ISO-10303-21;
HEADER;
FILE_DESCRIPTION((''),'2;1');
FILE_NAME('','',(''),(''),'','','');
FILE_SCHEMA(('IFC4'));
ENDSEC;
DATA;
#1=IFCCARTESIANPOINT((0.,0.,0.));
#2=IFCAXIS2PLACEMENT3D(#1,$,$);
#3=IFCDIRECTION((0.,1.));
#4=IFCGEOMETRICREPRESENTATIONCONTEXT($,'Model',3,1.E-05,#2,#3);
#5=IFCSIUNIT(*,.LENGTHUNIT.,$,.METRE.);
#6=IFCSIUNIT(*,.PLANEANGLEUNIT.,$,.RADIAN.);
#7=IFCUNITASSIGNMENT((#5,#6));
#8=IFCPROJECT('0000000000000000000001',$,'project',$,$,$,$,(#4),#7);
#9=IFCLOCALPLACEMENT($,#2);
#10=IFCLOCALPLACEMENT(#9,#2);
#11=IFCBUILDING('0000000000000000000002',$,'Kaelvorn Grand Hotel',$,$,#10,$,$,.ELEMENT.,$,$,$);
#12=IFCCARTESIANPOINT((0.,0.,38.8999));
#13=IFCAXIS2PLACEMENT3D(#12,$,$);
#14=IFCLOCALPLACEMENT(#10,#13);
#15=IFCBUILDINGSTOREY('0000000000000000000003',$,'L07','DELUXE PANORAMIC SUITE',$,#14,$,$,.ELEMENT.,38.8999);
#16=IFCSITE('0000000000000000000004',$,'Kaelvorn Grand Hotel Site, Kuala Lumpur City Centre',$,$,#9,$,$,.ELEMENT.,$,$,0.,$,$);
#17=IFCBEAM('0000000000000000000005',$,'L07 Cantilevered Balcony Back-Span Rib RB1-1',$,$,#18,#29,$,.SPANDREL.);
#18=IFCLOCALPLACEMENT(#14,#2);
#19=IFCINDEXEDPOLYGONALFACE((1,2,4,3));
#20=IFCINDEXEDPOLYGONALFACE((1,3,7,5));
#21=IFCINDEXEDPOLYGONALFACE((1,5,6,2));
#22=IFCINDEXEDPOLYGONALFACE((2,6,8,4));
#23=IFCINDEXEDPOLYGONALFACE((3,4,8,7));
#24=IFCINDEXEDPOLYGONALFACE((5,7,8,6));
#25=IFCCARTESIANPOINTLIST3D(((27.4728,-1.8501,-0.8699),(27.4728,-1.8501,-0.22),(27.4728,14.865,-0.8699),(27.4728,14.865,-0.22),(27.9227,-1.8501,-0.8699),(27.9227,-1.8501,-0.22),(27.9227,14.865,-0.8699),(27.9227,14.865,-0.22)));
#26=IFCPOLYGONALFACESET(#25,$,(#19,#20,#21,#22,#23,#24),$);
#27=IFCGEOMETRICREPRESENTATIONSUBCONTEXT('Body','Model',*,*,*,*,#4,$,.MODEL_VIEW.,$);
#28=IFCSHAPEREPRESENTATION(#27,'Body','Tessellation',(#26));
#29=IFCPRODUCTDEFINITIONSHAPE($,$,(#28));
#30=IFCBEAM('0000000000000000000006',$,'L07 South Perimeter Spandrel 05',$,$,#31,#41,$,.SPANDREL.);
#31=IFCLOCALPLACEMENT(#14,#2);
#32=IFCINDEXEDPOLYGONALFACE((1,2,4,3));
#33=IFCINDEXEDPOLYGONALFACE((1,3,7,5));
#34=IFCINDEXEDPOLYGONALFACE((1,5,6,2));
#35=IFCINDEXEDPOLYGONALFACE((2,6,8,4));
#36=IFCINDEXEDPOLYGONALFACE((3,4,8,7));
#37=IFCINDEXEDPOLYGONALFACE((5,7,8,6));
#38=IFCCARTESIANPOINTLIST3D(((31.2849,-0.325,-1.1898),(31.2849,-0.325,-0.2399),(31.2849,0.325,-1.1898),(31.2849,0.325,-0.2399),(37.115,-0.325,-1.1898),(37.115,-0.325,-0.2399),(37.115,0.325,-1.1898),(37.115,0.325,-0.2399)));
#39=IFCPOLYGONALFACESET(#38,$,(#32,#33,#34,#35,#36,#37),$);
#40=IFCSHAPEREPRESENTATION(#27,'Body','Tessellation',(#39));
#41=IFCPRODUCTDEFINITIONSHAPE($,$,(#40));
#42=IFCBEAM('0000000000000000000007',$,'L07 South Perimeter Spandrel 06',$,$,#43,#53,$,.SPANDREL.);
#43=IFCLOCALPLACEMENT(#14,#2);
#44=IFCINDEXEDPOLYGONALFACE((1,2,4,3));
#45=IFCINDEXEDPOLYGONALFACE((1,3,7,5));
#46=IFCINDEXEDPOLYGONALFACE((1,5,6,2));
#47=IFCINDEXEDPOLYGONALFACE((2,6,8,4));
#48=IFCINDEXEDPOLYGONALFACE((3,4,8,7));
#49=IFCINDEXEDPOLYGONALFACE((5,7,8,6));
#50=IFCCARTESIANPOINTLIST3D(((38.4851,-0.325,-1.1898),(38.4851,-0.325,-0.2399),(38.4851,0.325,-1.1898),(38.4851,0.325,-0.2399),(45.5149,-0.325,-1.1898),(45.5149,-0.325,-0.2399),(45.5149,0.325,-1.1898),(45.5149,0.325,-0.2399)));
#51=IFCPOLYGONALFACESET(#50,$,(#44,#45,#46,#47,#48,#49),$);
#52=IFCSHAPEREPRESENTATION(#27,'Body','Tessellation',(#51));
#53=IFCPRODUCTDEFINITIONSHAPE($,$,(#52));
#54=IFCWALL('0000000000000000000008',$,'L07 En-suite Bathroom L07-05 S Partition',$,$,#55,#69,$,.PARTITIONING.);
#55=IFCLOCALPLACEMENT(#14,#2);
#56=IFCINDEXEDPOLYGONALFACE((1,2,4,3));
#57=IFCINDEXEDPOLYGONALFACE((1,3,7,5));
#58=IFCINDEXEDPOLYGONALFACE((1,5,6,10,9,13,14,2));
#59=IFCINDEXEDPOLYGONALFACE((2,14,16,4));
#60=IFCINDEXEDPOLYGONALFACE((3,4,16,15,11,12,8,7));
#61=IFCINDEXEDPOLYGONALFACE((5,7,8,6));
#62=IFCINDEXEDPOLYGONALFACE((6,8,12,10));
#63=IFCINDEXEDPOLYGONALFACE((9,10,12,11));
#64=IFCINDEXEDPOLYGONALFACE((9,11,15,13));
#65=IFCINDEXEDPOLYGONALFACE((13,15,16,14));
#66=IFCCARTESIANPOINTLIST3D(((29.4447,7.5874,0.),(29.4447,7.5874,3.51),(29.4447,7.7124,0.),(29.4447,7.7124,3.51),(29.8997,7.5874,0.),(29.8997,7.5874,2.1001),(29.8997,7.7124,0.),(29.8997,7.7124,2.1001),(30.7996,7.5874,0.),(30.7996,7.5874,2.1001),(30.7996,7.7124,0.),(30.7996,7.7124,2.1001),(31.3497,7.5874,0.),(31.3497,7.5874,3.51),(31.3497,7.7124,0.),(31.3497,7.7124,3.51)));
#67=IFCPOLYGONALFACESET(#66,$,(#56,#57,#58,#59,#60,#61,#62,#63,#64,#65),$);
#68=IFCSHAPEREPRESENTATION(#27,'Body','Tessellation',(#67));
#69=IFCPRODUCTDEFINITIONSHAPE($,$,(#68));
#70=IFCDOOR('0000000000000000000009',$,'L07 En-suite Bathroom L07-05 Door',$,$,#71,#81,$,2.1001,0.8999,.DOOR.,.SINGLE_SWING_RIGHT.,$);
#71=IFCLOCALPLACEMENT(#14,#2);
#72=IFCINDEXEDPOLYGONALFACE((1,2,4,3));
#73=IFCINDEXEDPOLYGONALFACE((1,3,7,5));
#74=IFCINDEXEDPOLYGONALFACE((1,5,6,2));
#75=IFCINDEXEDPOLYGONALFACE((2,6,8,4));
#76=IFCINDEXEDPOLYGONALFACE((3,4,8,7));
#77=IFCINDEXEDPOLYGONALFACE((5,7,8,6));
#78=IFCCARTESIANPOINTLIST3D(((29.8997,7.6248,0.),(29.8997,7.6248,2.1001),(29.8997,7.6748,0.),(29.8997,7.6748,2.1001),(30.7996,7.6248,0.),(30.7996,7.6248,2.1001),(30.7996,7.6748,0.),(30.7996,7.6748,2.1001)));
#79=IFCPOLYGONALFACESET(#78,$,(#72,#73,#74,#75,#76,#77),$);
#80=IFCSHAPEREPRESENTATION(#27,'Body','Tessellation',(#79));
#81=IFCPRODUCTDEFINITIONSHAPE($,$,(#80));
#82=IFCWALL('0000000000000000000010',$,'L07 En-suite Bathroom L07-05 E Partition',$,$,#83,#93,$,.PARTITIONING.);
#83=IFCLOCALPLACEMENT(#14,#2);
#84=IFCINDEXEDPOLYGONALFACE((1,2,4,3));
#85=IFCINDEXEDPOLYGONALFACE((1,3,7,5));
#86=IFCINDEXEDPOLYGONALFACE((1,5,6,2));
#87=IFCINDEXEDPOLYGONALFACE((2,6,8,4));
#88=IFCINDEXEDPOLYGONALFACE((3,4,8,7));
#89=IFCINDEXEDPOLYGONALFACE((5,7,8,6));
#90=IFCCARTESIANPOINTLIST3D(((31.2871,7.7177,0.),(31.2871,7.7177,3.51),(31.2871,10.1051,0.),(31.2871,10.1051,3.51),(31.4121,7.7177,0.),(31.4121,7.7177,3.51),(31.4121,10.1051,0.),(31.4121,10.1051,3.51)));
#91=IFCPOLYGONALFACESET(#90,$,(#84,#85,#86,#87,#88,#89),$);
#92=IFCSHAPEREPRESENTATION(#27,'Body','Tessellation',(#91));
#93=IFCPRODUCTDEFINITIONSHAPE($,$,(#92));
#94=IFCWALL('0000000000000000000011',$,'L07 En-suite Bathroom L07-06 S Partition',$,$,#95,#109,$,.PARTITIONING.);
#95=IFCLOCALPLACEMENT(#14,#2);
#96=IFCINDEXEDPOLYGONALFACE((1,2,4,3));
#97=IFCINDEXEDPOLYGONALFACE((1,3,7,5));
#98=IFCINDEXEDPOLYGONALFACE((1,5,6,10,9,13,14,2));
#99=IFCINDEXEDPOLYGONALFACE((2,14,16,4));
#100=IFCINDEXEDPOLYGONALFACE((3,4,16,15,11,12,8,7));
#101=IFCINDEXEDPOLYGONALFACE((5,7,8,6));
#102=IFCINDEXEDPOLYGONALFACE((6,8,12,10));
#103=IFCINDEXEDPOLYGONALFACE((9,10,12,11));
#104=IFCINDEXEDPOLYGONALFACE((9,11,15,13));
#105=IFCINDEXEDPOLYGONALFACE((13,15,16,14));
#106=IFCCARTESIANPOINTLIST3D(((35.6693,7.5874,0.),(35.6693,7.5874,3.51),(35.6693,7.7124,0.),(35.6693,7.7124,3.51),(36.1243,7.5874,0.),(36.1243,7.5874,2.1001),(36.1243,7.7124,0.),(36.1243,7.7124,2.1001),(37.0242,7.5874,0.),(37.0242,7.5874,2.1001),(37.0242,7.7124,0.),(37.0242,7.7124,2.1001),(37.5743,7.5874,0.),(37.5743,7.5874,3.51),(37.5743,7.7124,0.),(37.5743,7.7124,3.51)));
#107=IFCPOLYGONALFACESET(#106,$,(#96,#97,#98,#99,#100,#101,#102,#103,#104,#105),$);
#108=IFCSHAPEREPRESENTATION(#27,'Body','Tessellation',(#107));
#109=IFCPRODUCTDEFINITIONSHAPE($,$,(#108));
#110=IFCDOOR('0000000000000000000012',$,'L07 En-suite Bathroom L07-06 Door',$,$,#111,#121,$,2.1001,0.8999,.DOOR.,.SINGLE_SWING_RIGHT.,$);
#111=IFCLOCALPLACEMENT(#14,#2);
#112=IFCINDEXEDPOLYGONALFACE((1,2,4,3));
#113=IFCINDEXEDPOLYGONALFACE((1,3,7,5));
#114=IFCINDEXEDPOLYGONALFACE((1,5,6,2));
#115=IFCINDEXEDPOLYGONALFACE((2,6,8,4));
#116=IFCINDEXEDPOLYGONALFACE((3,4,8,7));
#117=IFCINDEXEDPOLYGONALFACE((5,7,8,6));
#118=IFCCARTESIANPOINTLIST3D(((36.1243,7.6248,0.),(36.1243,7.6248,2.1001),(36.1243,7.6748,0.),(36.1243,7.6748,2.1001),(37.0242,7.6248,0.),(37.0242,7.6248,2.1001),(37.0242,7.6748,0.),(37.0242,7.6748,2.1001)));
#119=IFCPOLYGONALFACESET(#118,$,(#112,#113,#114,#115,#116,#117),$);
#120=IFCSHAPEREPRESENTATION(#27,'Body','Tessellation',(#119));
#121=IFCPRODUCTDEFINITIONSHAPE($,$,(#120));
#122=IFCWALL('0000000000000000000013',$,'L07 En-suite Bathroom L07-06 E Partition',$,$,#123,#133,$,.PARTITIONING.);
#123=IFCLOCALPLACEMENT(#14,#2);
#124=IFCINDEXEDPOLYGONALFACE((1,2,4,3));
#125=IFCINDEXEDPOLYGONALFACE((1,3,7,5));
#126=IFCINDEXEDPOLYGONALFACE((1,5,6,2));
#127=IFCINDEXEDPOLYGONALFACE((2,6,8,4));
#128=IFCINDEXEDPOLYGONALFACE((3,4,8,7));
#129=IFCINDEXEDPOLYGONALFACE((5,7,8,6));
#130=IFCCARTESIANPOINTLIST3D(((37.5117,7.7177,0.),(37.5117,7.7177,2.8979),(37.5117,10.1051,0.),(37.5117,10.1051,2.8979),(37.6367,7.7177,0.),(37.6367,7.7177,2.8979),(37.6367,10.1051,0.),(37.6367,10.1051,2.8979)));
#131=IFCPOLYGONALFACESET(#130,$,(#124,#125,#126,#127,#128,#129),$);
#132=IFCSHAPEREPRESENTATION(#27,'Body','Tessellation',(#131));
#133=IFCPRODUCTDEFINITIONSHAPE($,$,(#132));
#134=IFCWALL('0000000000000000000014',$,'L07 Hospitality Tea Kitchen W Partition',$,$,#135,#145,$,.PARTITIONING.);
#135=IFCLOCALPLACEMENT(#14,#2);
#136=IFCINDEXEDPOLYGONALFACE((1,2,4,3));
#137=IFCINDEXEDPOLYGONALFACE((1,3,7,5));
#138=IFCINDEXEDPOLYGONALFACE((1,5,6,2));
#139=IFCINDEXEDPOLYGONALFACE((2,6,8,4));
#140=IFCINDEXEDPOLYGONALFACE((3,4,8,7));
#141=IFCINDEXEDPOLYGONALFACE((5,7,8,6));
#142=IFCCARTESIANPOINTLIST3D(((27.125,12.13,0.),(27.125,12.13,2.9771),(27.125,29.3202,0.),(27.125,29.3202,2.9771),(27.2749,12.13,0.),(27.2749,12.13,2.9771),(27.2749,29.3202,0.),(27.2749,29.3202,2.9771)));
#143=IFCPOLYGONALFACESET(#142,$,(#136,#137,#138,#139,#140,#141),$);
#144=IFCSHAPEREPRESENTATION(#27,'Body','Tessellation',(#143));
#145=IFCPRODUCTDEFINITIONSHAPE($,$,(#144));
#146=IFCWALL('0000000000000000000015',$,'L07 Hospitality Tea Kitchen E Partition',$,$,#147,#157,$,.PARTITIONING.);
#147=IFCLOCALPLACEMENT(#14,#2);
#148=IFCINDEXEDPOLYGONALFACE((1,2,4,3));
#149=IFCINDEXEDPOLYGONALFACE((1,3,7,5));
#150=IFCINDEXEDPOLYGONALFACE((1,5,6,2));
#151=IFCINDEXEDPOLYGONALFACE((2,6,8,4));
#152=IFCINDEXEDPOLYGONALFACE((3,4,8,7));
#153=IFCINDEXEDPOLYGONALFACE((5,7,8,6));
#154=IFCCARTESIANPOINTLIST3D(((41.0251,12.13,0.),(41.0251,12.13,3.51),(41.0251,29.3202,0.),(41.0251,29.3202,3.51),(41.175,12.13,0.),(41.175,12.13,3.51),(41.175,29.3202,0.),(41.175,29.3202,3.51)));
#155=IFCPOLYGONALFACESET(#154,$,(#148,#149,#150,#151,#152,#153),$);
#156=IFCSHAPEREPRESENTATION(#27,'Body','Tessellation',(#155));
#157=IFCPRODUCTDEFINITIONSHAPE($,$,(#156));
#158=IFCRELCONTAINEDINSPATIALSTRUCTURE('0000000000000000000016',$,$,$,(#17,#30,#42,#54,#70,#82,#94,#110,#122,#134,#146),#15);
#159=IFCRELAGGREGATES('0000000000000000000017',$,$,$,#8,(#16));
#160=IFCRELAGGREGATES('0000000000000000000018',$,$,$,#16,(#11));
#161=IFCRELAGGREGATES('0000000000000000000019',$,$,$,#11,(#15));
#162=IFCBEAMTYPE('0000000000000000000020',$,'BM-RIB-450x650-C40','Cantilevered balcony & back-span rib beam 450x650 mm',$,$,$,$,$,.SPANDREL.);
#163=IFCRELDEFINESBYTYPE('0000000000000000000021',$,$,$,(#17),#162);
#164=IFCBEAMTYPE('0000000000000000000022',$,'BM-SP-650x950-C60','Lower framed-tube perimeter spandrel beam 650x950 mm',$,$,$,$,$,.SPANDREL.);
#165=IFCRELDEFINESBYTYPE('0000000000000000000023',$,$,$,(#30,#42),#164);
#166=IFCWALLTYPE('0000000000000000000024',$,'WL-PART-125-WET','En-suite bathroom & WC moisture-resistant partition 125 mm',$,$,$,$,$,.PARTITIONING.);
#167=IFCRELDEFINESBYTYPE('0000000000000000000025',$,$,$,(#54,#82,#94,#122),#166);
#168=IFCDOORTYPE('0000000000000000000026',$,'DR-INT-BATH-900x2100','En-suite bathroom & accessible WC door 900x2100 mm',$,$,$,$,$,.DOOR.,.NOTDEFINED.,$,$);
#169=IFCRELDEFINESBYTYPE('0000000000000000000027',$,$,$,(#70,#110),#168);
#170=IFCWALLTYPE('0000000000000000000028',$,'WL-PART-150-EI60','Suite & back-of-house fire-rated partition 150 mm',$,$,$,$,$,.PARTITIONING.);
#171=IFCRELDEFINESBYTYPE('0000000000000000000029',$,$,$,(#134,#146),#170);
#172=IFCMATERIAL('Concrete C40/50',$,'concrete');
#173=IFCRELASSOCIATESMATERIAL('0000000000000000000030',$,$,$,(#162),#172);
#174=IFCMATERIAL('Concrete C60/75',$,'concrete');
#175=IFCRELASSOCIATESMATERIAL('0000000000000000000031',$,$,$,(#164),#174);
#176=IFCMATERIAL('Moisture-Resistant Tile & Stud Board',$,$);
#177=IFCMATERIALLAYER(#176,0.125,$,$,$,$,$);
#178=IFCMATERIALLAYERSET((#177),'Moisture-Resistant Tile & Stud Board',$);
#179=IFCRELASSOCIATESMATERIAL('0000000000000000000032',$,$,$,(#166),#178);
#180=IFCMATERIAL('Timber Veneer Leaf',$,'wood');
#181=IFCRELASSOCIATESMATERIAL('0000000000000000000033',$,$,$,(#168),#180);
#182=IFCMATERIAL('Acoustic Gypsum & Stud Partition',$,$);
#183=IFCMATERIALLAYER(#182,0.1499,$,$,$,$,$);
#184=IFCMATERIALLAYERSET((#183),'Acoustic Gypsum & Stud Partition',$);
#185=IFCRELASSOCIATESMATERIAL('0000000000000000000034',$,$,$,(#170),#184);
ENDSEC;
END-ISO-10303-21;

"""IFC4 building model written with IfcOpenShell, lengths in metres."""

from ifc_helpers import new_model, si_unit, direction, frame, frame_2d, origin, origin_2d, place, context, subcontext, project, spatial, rectangle, extrude, material, layer, layer_set, material_profile, profile_set, type_object, element, fill, save


model = new_model("IFC4")

# Units and contexts
model_context = context("Model", 3, precision=1e-05, world=origin(), true_north=direction((0.0, 1.0)))
body_context = subcontext(model_context, "Body", "Model", "MODEL_VIEW")
ifc_project = project(units=[si_unit("LENGTHUNIT", "METRE"), si_unit("PLANEANGLEUNIT", "RADIAN")], contexts=[model_context])

# Site, building, storey
site_placement = place(None, origin())
site = spatial("IfcSite", under=ifc_project, at=site_placement, Name="Kaelvorn Grand Hotel Site, Kuala Lumpur City Centre", CompositionType="ELEMENT", RefElevation=0.0)
building_placement = place(site_placement, origin())
building = spatial("IfcBuilding", under=site, at=building_placement, Name="Kaelvorn Grand Hotel", CompositionType="ELEMENT")
storey_placement = place(building_placement, frame((0.0, 0.0, 38.8999)))
storey = spatial("IfcBuildingStorey", under=building, at=storey_placement, Name="L07", Description="DELUXE PANORAMIC SUITE", CompositionType="ELEMENT", Elevation=38.8999)

# Beams
ifc_material_1 = material(Name="Concrete C40/50", Category="concrete")
ifc_material_profile_1 = material_profile(ifc_material_1, rectangle(XDim=0.45, YDim=0.6499, at=origin_2d()), Name="RC RIB 450x650")
ifc_profile_set_1 = profile_set([ifc_material_profile_1], Name="Concrete C40/50")
beam_type_1 = type_object("IfcBeamType", Name="BM-RIB-450x650-C40", Description="Cantilevered balcony & back-span rib beam 450x650 mm", PredefinedType="SPANDREL", material=ifc_profile_set_1)
beam_1_placement = place(storey_placement, frame((27.6978, -1.8501, -0.5449), z_axis=(0.0, 1.0, 0.0), x_axis=(-1.0, 0.0, 0.0)))
element("IfcBeam", 1, at=beam_1_placement, inside=storey, type_object=beam_type_1, Name="L07 Cantilevered Balcony Back-Span Rib RB1-1", PredefinedType="SPANDREL", context=body_context, shape_type="SweptSolid", body=[
    extrude(rectangle(XDim=0.45, YDim=0.6499, at=origin_2d()), origin(), (0.0, 0.0, 1.0), 16.7151),
])
ifc_material_2 = material(Name="Concrete C60/75", Category="concrete")
ifc_material_profile_2 = material_profile(ifc_material_2, rectangle(XDim=0.6499, YDim=0.95, at=origin_2d()), Name="RC SPANDREL 650x950")
ifc_profile_set_2 = profile_set([ifc_material_profile_2], Name="Concrete C60/75")
beam_type_2 = type_object("IfcBeamType", Name="BM-SP-650x950-C60", Description="Lower framed-tube perimeter spandrel beam 650x950 mm", PredefinedType="SPANDREL", material=ifc_profile_set_2)
beam_2_placement = place(storey_placement, frame((31.2849, 0.0, -0.7148), z_axis=(1.0, 0.0, 0.0), x_axis=(0.0, 1.0, 0.0)))
element("IfcBeam", 2, at=beam_2_placement, inside=storey, type_object=beam_type_2, Name="L07 South Perimeter Spandrel 05", PredefinedType="SPANDREL", context=body_context, shape_type="SweptSolid", body=[
    extrude(rectangle(XDim=0.6499, YDim=0.95, at=origin_2d()), origin(), (0.0, 0.0, 1.0), 5.8301),
])
beam_3_placement = place(storey_placement, frame((38.4851, 0.0, -0.7148), z_axis=(1.0, 0.0, 0.0), x_axis=(0.0, 1.0, 0.0)))
element("IfcBeam", 3, at=beam_3_placement, inside=storey, type_object=beam_type_2, Name="L07 South Perimeter Spandrel 06", PredefinedType="SPANDREL", context=body_context, shape_type="SweptSolid", body=[
    extrude(rectangle(XDim=0.6499, YDim=0.95, at=origin_2d()), origin(), (0.0, 0.0, 1.0), 7.0298),
])

# Wall, opening, door
ifc_material_3 = material(Name="Moisture-Resistant Tile & Stud Board")
ifc_layer_1 = layer(ifc_material_3, 0.125)
ifc_layer_set_1 = layer_set([ifc_layer_1], Name="Moisture-Resistant Tile & Stud Board")
wall_type_1 = type_object("IfcWallType", Name="WL-PART-125-WET", Description="En-suite bathroom & WC moisture-resistant partition 125 mm", PredefinedType="PARTITIONING", material=ifc_layer_set_1)
wall_1_placement = place(storey_placement, frame((29.4446, 7.6499, 0.0), z_axis=(0.0, 0.0, 1.0), x_axis=(1.0, 0.0, 0.0)))
wall_1 = element("IfcWall", 4, at=wall_1_placement, inside=storey, type_object=wall_type_1, Name="L07 En-suite Bathroom L07-05 S Partition", PredefinedType="PARTITIONING", context=body_context, shape_type="SweptSolid", body=[
    extrude(rectangle(XDim=1.905, YDim=0.125, at=frame_2d((0.9526, 0.0))), origin(), (0.0, 0.0, 1.0), 3.51),
])
opening_1_placement = place(wall_1_placement, frame((0.4551, 0.0, 0.0)))
opening_1 = element("IfcOpeningElement", 5, at=opening_1_placement, cuts=wall_1, PredefinedType="OPENING", context=body_context, shape_type="SweptSolid", body=[
    extrude(rectangle(XDim=0.8999, YDim=2.1001, at=frame_2d((0.45, 1.05))), frame((0.0, 0.0725, 0.0), z_axis=(0.0, -1.0, 0.0), x_axis=(1.0, 0.0, 0.0)), (0.0, 0.0, 1.0), 0.145),
])
ifc_material_4 = material(Name="Timber Veneer Leaf", Category="wood")
door_type_1 = type_object("IfcDoorType", Name="DR-INT-BATH-900x2100", Description="En-suite bathroom & accessible WC door 900x2100 mm", OperationType="NOTDEFINED", PredefinedType="DOOR", material=ifc_material_4)
door_1_placement = place(opening_1_placement, origin())
door_1 = element("IfcDoor", 6, at=door_1_placement, inside=storey, type_object=door_type_1, Name="L07 En-suite Bathroom L07-05 Door", OperationType="SINGLE_SWING_RIGHT", OverallHeight=2.1001, OverallWidth=0.8999, PredefinedType="DOOR", context=body_context, shape_type="SweptSolid", body=[
    extrude(rectangle(XDim=0.8999, YDim=2.1001, at=frame_2d((0.45, 1.05))), frame((0.0, 0.0249, 0.0), z_axis=(0.0, -1.0, 0.0), x_axis=(1.0, 0.0, 0.0)), (0.0, 0.0, 1.0), 0.05),
])
fill(opening_1, door_1)

# Wall
wall_2_placement = place(storey_placement, frame((31.3496, 7.7175, 0.0), z_axis=(0.0, 0.0, 1.0), x_axis=(0.0, 1.0, 0.0)))
element("IfcWall", 7, at=wall_2_placement, inside=storey, type_object=wall_type_1, Name="L07 En-suite Bathroom L07-05 E Partition", PredefinedType="PARTITIONING", context=body_context, shape_type="SweptSolid", body=[
    extrude(rectangle(XDim=2.3875, YDim=0.125, at=frame_2d((1.1938, 0.0))), origin(), (0.0, 0.0, 1.0), 3.51),
])

# Wall, opening, door
wall_3_placement = place(storey_placement, frame((35.6692, 7.6499, 0.0), z_axis=(0.0, 0.0, 1.0), x_axis=(1.0, 0.0, 0.0)))
wall_3 = element("IfcWall", 8, at=wall_3_placement, inside=storey, type_object=wall_type_1, Name="L07 En-suite Bathroom L07-06 S Partition", PredefinedType="PARTITIONING", context=body_context, shape_type="SweptSolid", body=[
    extrude(rectangle(XDim=1.905, YDim=0.125, at=frame_2d((0.9526, 0.0))), origin(), (0.0, 0.0, 1.0), 3.51),
])
opening_2_placement = place(wall_3_placement, frame((0.4551, 0.0, 0.0)))
opening_2 = element("IfcOpeningElement", 9, at=opening_2_placement, cuts=wall_3, PredefinedType="OPENING", context=body_context, shape_type="SweptSolid", body=[
    extrude(rectangle(XDim=0.8999, YDim=2.1001, at=frame_2d((0.45, 1.05))), frame((0.0, 0.0725, 0.0), z_axis=(0.0, -1.0, 0.0), x_axis=(1.0, 0.0, 0.0)), (0.0, 0.0, 1.0), 0.145),
])
door_2_placement = place(opening_2_placement, origin())
door_2 = element("IfcDoor", 10, at=door_2_placement, inside=storey, type_object=door_type_1, Name="L07 En-suite Bathroom L07-06 Door", OperationType="SINGLE_SWING_RIGHT", OverallHeight=2.1001, OverallWidth=0.8999, PredefinedType="DOOR", context=body_context, shape_type="SweptSolid", body=[
    extrude(rectangle(XDim=0.8999, YDim=2.1001, at=frame_2d((0.45, 1.05))), frame((0.0, 0.0249, 0.0), z_axis=(0.0, -1.0, 0.0), x_axis=(1.0, 0.0, 0.0)), (0.0, 0.0, 1.0), 0.05),
])
fill(opening_2, door_2)

# Walls
wall_4_placement = place(storey_placement, frame((37.5742, 7.7175, 0.0), z_axis=(0.0, 0.0, 1.0), x_axis=(0.0, 1.0, 0.0)))
element("IfcWall", 11, at=wall_4_placement, inside=storey, type_object=wall_type_1, Name="L07 En-suite Bathroom L07-06 E Partition", PredefinedType="PARTITIONING", context=body_context, shape_type="SweptSolid", body=[
    extrude(rectangle(XDim=2.3875, YDim=0.125, at=frame_2d((1.1938, 0.0))), origin(), (0.0, 0.0, 1.0), 2.8979),
])
ifc_material_5 = material(Name="Acoustic Gypsum & Stud Partition")
ifc_layer_2 = layer(ifc_material_5, 0.1499)
ifc_layer_set_2 = layer_set([ifc_layer_2], Name="Acoustic Gypsum & Stud Partition")
wall_type_2 = type_object("IfcWallType", Name="WL-PART-150-EI60", Description="Suite & back-of-house fire-rated partition 150 mm", PredefinedType="PARTITIONING", material=ifc_layer_set_2)
wall_5_placement = place(storey_placement, frame((27.2, 12.1299, 0.0), z_axis=(0.0, 0.0, 1.0), x_axis=(0.0, 1.0, 0.0)))
element("IfcWall", 12, at=wall_5_placement, inside=storey, type_object=wall_type_2, Name="L07 Hospitality Tea Kitchen W Partition", PredefinedType="PARTITIONING", context=body_context, shape_type="SweptSolid", body=[
    extrude(rectangle(XDim=17.1902, YDim=0.1499, at=frame_2d((8.5952, 0.0))), origin(), (0.0, 0.0, 1.0), 2.9771),
])
wall_6_placement = place(storey_placement, frame((41.1001, 12.1299, 0.0), z_axis=(0.0, 0.0, 1.0), x_axis=(0.0, 1.0, 0.0)))
element("IfcWall", 13, at=wall_6_placement, inside=storey, type_object=wall_type_2, Name="L07 Hospitality Tea Kitchen E Partition", PredefinedType="PARTITIONING", context=body_context, shape_type="SweptSolid", body=[
    extrude(rectangle(XDim=17.1902, YDim=0.1499, at=frame_2d((8.5952, 0.0))), origin(), (0.0, 0.0, 1.0), 3.51),
])

save(model, "model.ifc")
